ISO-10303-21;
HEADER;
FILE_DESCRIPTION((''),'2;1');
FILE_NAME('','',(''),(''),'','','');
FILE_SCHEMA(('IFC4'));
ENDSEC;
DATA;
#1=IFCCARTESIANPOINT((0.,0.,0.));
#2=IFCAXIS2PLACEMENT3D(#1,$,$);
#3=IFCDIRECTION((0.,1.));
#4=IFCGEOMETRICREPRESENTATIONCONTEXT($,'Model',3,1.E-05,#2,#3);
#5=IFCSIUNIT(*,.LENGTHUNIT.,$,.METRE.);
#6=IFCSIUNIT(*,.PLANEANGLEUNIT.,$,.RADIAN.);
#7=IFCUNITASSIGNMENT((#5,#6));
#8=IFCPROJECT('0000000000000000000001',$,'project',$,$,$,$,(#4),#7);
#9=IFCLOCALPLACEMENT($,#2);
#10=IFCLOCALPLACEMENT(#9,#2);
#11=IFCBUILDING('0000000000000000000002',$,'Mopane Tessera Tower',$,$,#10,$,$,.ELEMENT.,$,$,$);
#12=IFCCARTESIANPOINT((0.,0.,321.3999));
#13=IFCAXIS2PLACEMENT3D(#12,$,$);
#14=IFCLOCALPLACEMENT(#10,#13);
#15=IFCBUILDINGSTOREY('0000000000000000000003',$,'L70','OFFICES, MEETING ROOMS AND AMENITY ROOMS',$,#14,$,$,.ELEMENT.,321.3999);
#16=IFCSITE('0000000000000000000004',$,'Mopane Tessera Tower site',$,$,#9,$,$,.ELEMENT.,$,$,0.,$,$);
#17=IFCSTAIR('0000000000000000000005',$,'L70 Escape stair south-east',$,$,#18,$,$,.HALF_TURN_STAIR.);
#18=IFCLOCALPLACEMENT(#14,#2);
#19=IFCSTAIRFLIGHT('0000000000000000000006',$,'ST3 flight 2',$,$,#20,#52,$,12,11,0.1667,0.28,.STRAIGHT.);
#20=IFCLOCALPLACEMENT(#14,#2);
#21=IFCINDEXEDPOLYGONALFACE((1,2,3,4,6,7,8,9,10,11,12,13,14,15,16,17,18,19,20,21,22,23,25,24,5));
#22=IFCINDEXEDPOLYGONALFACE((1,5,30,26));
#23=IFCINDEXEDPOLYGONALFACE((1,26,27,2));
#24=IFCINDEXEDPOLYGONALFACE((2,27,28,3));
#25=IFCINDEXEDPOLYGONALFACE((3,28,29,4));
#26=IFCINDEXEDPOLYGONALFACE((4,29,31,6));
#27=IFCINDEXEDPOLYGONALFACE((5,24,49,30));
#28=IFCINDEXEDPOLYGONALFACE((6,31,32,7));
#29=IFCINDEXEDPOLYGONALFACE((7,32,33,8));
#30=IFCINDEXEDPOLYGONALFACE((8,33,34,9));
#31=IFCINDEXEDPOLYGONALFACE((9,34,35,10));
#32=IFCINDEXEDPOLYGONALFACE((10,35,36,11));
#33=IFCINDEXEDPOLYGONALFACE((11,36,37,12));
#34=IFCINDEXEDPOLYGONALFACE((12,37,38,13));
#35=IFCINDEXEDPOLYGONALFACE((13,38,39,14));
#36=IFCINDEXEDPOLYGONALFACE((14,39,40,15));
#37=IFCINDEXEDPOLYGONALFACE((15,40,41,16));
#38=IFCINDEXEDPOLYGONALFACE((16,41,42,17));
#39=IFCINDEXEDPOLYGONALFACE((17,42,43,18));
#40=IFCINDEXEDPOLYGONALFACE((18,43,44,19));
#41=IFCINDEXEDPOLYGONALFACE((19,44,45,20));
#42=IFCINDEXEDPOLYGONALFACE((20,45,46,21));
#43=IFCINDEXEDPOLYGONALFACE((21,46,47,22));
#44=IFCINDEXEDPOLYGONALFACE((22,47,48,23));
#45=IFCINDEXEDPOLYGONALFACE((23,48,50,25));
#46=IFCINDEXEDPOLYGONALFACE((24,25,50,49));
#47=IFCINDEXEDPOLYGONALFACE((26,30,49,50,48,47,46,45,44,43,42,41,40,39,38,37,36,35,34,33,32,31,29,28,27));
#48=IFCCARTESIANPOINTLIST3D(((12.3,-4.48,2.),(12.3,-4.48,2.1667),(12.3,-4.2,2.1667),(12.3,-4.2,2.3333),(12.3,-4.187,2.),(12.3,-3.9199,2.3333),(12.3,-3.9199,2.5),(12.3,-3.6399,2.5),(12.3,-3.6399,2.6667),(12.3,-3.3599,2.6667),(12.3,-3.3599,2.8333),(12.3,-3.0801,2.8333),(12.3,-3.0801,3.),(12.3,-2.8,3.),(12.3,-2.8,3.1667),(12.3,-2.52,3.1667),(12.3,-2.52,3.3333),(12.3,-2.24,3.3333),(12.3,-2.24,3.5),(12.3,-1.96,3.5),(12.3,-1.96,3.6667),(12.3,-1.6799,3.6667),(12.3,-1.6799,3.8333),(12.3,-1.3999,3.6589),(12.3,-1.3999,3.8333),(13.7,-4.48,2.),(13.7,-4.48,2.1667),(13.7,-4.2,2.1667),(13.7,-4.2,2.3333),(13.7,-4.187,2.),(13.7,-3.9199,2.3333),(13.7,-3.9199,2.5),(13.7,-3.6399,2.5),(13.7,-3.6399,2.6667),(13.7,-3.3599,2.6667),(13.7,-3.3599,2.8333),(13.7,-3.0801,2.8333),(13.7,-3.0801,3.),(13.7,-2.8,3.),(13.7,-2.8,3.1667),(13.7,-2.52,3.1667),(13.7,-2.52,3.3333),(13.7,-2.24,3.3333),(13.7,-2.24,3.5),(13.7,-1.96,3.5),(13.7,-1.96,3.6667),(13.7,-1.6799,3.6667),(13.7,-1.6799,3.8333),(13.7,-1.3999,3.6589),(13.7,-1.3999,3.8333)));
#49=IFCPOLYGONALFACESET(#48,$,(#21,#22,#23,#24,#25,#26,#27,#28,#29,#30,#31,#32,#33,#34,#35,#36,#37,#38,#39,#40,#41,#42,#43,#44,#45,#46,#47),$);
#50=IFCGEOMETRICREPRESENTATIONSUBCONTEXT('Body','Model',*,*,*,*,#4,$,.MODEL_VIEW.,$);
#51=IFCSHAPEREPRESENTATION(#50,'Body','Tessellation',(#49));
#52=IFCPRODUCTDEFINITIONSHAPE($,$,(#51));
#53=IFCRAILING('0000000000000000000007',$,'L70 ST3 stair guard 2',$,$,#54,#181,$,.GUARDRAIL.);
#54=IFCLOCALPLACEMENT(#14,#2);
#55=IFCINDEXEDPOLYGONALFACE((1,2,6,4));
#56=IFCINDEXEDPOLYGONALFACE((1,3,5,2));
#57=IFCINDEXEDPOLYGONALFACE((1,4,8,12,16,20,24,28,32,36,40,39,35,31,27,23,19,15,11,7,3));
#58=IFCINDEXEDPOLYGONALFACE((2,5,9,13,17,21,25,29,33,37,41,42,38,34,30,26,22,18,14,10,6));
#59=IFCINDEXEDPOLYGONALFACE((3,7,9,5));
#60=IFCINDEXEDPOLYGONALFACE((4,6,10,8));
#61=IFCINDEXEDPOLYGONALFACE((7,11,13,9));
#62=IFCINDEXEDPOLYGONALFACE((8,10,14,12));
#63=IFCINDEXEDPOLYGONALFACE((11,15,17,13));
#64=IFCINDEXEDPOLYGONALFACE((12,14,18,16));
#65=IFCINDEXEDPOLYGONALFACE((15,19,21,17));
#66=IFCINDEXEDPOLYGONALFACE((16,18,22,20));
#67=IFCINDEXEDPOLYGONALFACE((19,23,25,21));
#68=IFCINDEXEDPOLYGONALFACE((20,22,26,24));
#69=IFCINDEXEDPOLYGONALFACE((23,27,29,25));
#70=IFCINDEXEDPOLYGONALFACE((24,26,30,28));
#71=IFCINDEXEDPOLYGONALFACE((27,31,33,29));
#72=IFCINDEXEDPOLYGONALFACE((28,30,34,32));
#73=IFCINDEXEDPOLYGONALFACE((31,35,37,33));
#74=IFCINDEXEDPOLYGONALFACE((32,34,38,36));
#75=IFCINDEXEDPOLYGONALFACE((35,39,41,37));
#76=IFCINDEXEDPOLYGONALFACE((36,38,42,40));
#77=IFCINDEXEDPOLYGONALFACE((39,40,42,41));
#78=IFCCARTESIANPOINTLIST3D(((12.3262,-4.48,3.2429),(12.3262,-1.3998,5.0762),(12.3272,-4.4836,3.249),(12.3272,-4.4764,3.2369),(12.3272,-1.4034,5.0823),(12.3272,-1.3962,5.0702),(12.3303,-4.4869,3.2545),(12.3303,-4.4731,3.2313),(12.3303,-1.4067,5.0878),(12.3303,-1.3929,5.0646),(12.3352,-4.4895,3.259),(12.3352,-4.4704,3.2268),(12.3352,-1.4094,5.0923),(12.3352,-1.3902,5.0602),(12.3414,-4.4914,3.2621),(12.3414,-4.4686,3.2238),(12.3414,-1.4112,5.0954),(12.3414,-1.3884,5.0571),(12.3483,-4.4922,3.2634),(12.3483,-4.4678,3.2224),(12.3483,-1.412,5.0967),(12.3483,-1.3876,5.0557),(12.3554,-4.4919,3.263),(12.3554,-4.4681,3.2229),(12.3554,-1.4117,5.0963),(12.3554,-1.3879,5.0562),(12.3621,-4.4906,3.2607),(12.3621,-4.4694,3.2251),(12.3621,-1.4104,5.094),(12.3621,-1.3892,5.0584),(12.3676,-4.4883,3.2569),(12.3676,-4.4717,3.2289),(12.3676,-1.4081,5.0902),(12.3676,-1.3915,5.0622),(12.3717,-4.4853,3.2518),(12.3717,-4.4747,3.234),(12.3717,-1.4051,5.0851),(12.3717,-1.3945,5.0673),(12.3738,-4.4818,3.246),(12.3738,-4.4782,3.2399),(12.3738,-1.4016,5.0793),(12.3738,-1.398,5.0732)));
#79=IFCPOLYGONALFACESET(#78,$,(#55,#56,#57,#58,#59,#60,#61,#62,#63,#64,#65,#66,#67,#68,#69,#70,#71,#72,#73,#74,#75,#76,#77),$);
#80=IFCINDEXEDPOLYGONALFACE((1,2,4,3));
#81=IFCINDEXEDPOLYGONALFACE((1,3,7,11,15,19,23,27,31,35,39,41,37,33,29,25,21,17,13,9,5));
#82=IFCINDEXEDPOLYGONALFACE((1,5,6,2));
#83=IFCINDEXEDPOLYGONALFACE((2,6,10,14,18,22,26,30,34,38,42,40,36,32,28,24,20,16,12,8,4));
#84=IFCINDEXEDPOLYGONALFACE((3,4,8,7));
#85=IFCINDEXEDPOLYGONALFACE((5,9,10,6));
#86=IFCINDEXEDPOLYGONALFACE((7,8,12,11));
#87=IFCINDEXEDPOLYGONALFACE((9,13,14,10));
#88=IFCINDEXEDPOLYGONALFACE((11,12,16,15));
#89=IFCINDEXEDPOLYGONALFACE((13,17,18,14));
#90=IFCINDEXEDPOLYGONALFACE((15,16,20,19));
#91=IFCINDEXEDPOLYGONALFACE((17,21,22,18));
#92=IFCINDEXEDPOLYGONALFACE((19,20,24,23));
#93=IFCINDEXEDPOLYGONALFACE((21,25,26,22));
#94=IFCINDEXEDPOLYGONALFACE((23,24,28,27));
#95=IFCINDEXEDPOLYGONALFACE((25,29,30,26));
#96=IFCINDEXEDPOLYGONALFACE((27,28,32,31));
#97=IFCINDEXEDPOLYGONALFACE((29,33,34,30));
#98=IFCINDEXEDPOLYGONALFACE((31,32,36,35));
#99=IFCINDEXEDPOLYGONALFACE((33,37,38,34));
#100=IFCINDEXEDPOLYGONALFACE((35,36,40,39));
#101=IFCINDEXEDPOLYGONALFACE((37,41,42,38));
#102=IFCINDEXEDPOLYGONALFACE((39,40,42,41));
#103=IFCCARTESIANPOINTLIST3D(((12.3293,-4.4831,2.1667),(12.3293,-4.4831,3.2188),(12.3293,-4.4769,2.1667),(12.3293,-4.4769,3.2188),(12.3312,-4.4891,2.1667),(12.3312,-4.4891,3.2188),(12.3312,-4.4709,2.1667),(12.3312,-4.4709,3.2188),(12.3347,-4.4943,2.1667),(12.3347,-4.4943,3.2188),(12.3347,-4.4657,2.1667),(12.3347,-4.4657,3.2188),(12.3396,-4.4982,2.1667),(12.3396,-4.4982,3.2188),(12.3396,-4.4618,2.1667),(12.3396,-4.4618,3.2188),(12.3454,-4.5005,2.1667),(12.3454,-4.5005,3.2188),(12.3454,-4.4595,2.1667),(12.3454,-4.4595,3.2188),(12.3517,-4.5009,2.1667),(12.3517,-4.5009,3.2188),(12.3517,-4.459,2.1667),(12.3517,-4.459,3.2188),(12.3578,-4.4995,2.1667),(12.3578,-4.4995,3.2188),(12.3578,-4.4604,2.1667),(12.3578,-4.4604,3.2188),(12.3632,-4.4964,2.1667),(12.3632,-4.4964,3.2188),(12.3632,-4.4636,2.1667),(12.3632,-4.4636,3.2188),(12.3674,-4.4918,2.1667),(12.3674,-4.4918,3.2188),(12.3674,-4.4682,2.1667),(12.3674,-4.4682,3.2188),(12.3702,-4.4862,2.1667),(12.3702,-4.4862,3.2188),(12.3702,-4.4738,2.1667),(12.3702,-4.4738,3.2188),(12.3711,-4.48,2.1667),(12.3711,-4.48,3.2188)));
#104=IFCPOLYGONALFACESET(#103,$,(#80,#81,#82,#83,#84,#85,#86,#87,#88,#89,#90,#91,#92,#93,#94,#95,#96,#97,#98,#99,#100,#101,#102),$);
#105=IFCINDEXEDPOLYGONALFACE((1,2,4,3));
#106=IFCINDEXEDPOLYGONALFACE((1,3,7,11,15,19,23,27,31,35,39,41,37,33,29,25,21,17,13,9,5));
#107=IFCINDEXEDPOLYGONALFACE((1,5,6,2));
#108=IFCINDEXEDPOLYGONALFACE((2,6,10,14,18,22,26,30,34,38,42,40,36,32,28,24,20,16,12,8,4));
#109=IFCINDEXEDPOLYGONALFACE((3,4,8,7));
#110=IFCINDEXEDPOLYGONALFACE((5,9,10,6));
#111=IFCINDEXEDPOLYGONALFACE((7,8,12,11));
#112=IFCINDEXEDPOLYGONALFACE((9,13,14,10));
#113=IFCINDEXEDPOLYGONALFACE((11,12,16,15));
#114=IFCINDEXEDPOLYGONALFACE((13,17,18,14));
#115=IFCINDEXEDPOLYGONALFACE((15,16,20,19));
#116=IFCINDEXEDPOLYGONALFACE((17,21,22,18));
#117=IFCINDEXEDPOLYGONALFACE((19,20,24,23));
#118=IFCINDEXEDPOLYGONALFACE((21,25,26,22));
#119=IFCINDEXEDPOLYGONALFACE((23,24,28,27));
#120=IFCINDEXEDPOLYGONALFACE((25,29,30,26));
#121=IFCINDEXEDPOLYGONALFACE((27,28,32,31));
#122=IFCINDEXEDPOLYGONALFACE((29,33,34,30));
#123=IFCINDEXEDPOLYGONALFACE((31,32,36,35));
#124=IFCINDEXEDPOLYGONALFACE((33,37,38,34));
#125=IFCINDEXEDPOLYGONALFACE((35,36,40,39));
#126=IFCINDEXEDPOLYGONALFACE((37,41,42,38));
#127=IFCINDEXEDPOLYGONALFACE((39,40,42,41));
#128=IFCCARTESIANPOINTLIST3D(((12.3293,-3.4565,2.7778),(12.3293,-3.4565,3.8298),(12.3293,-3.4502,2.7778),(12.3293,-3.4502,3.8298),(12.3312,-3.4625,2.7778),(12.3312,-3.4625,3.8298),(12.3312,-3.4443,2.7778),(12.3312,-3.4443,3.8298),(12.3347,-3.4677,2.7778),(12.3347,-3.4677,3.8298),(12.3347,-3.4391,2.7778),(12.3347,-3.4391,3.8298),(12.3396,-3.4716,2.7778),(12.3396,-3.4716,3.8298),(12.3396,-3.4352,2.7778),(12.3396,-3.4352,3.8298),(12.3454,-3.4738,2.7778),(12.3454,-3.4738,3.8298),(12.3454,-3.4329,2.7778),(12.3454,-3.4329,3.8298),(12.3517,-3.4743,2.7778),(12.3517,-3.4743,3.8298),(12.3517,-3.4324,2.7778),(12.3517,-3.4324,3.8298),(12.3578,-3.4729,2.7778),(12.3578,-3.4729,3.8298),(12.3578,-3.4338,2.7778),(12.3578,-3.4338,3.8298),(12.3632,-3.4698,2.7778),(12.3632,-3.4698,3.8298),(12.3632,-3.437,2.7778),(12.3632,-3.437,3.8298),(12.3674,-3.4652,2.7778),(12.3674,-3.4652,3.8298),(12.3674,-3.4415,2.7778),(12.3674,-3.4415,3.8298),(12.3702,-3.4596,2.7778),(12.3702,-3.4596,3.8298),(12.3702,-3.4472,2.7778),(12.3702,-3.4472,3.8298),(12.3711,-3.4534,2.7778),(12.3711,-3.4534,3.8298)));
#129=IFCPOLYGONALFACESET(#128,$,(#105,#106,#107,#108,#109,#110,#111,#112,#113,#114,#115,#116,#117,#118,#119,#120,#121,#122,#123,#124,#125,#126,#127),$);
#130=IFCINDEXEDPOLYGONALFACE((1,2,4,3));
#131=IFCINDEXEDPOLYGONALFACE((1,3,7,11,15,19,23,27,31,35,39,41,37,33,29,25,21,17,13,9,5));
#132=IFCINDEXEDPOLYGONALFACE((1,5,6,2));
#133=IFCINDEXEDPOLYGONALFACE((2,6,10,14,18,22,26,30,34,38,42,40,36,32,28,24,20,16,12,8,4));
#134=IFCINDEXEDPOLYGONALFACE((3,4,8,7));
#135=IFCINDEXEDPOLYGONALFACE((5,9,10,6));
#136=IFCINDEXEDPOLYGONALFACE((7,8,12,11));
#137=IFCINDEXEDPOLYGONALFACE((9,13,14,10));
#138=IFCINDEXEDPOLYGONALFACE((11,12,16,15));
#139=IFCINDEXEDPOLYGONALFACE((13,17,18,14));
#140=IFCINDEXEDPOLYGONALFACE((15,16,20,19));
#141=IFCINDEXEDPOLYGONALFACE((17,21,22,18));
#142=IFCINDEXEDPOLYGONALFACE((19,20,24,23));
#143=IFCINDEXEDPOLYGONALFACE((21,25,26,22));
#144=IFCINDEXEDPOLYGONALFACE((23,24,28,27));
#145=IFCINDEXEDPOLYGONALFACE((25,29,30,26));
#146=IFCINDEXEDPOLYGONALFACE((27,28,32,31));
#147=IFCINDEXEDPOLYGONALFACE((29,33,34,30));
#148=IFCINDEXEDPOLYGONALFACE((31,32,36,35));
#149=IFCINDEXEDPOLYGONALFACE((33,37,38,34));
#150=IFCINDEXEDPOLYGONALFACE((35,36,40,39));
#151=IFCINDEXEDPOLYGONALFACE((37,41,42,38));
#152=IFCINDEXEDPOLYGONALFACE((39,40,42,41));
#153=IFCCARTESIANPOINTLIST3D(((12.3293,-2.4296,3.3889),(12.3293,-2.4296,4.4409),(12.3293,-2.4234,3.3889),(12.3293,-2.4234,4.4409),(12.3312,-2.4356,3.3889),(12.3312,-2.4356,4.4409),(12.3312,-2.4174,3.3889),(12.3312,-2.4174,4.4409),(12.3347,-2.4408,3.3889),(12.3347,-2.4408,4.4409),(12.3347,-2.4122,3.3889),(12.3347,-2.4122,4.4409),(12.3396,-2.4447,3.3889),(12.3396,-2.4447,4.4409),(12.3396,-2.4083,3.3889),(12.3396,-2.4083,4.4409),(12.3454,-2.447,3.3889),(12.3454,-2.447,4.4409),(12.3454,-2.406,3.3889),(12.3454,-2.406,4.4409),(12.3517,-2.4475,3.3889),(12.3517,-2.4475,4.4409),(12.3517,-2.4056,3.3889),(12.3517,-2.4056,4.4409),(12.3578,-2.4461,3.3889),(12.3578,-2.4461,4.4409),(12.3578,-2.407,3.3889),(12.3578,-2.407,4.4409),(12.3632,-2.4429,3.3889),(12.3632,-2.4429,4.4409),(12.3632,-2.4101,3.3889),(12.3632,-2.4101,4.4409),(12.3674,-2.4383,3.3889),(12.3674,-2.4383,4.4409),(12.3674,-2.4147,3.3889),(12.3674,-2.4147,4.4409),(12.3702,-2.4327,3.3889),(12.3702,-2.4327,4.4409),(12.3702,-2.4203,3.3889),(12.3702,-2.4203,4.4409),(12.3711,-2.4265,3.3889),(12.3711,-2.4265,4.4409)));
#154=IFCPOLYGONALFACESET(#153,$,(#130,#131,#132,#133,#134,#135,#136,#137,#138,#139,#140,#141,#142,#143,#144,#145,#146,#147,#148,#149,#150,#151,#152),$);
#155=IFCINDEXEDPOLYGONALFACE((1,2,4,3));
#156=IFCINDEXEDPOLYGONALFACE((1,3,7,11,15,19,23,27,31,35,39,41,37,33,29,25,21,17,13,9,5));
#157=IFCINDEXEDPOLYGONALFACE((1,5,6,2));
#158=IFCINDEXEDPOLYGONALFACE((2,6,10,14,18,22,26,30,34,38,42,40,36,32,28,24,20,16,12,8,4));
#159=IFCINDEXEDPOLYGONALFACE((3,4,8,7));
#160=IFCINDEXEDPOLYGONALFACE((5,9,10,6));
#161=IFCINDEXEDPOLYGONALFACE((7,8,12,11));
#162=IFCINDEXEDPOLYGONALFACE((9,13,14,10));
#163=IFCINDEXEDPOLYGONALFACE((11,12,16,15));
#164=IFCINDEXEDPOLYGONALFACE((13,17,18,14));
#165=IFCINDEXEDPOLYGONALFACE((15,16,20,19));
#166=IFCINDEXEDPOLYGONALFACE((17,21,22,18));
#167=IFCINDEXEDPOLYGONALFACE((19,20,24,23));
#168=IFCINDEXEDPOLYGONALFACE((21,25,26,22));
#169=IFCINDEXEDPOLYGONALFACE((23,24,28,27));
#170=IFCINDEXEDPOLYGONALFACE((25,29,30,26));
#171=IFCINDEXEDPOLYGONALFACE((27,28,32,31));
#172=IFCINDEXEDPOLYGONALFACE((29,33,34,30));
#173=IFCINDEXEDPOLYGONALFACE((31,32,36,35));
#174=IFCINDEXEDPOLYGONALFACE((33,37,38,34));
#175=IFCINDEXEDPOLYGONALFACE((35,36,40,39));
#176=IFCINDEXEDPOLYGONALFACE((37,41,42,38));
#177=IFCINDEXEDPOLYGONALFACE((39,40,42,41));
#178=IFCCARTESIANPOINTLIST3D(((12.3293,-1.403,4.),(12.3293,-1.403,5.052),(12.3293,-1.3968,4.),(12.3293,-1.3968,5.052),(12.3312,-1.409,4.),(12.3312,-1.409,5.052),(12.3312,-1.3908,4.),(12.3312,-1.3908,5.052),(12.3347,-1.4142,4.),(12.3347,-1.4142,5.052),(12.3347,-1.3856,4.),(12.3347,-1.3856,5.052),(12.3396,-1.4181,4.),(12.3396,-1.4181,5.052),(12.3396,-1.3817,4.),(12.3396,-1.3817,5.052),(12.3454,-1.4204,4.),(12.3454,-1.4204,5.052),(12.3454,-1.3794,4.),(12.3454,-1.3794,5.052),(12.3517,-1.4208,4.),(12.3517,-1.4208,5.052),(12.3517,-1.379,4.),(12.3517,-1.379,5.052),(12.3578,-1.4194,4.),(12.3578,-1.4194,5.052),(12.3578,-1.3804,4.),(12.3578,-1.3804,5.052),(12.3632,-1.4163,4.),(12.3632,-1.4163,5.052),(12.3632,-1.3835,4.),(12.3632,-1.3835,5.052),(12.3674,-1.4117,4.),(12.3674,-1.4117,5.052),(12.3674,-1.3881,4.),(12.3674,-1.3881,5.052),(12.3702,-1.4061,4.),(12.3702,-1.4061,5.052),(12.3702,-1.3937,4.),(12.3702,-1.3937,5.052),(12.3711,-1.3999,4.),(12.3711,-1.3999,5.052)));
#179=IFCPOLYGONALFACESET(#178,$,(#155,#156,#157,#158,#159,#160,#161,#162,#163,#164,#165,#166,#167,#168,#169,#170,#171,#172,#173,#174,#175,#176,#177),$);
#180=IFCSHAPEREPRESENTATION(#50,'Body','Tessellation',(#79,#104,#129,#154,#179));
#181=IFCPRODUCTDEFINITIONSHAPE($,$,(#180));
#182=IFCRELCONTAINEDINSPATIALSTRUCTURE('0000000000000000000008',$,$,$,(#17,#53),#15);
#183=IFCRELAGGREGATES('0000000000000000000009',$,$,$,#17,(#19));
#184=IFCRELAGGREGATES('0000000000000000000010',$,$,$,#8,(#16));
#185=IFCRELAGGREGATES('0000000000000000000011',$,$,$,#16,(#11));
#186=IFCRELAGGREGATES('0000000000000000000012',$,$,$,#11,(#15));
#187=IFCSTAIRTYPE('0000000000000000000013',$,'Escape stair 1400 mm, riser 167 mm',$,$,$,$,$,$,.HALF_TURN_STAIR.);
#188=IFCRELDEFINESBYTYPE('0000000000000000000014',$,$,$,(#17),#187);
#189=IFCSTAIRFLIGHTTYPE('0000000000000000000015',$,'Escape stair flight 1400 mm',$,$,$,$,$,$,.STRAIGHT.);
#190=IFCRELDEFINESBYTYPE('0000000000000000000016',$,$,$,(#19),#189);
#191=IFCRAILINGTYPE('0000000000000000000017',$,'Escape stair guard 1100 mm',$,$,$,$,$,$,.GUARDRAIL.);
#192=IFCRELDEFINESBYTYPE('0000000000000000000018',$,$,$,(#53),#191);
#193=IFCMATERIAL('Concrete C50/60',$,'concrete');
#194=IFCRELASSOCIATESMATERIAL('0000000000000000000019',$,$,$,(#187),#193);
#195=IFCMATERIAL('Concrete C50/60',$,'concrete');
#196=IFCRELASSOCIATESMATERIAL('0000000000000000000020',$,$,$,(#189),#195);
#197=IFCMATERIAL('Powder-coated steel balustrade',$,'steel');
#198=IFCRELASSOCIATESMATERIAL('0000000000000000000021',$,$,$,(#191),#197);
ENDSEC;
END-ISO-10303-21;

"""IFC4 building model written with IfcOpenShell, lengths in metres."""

from ifc_helpers import new_model, si_unit, direction, frame, origin, origin_2d, place, context, subcontext, project, spatial, polyline, circle, outline, extrude, material, type_object, element, aggregate, save


model = new_model("IFC4")

# Units and contexts
model_context = context("Model", 3, precision=1e-05, world=origin(), true_north=direction((0.0, 1.0)))
body_context = subcontext(model_context, "Body", "Model", "MODEL_VIEW")
ifc_project = project(units=[si_unit("LENGTHUNIT", "METRE"), si_unit("PLANEANGLEUNIT", "RADIAN")], contexts=[model_context])

# Site, building, storey
site_placement = place(None, origin())
site = spatial("IfcSite", under=ifc_project, at=site_placement, Name="Mopane Tessera Tower site", CompositionType="ELEMENT", RefElevation=0.0)
building_placement = place(site_placement, origin())
building = spatial("IfcBuilding", under=site, at=building_placement, Name="Mopane Tessera Tower", CompositionType="ELEMENT")
storey_placement = place(building_placement, frame((0.0, 0.0, 321.3999)))
storey = spatial("IfcBuildingStorey", under=building, at=storey_placement, Name="L70", Description="OFFICES, MEETING ROOMS AND AMENITY ROOMS", CompositionType="ELEMENT", Elevation=321.3999)

# Stair, stair flight
ifc_material_1 = material(Name="Concrete C50/60", Category="concrete")
stair_type = type_object("IfcStairType", Name="Escape stair 1400 mm, riser 167 mm", PredefinedType="HALF_TURN_STAIR", material=ifc_material_1)
stair_placement = place(storey_placement, origin())
stair = element("IfcStair", 1, at=stair_placement, inside=storey, type_object=stair_type, Name="L70 Escape stair south-east", PredefinedType="HALF_TURN_STAIR")
ifc_material_2 = material(Name="Concrete C50/60", Category="concrete")
stair_flight_type = type_object("IfcStairFlightType", Name="Escape stair flight 1400 mm", PredefinedType="STRAIGHT", material=ifc_material_2)
stair_flight_1_placement = place(storey_placement, frame((13.0, -4.48, 2.0), z_axis=(0.0, 0.0, 1.0), x_axis=(0.0, 1.0, 0.0)))
stair_flight_1 = element("IfcStairFlight", 2, at=stair_flight_1_placement, type_object=stair_flight_type, Name="ST3 flight 2", NumberOfRisers=12, NumberOfTreads=11, PredefinedType="STRAIGHT", RiserHeight=0.1667, TreadLength=0.28, context=body_context, shape_type="SweptSolid", body=[
    extrude(outline(polyline([(0.0, 0.0), (0.0, 0.1667), (0.28, 0.1667), (0.28, 0.3333), (0.5601, 0.3333), (0.5601, 0.5), (0.8401, 0.5), (0.8401, 0.6667), (1.1201, 0.6667), (1.1201, 0.8333), (1.3999, 0.8333), (1.3999, 1.0), (1.6799, 1.0), (1.6799, 1.1667), (1.96, 1.1667), (1.96, 1.3333), (2.24, 1.3333), (2.24, 1.5), (2.52, 1.5), (2.52, 1.6667), (2.8, 1.6667), (2.8, 1.8333), (3.0801, 1.8333), (3.0801, 2.0), (3.0801, 1.6589), (0.293, 0.0), (0.0, 0.0)])), frame((0.0, 0.7, 0.0), z_axis=(0.0, -1.0, 0.0), x_axis=(1.0, 0.0, 0.0)), (0.0, 0.0, 1.0), 1.3999),
])
aggregate(stair, [stair_flight_1])

# Railing
ifc_material_3 = material(Name="Powder-coated steel balustrade", Category="steel")
railing_type_1 = type_object("IfcRailingType", Name="Escape stair guard 1100 mm", PredefinedType="GUARDRAIL", material=ifc_material_3)
railing_1_placement = place(storey_placement, frame((12.3501, -4.48, 2.1667)))
element("IfcRailing", 3, at=railing_1_placement, inside=storey, type_object=railing_type_1, Name="L70 ST3 stair guard 2", PredefinedType="GUARDRAIL", context=body_context, shape_type="SweptSolid", body=[
    extrude(circle(Radius=0.0239, at=origin_2d()), frame((0.0, 0.0, 1.0762), z_axis=(0.0, 0.859309, 0.511458), x_axis=(-1.0, 0.0, 0.0)), (0.0, 0.0, 1.0), 3.5845),
    extrude(circle(Radius=0.021, at=origin_2d()), origin(), (0.0, 0.0, 1.0), 1.052),
    extrude(circle(Radius=0.021, at=origin_2d()), frame((0.0, 1.0266, 0.6111)), (0.0, 0.0, 1.0), 1.052),
    extrude(circle(Radius=0.021, at=origin_2d()), frame((0.0, 2.0535, 1.2222)), (0.0, 0.0, 1.0), 1.052),
    extrude(circle(Radius=0.021, at=origin_2d()), frame((0.0, 3.0801, 1.8333)), (0.0, 0.0, 1.0), 1.052),
])

save(model, "model.ifc")
